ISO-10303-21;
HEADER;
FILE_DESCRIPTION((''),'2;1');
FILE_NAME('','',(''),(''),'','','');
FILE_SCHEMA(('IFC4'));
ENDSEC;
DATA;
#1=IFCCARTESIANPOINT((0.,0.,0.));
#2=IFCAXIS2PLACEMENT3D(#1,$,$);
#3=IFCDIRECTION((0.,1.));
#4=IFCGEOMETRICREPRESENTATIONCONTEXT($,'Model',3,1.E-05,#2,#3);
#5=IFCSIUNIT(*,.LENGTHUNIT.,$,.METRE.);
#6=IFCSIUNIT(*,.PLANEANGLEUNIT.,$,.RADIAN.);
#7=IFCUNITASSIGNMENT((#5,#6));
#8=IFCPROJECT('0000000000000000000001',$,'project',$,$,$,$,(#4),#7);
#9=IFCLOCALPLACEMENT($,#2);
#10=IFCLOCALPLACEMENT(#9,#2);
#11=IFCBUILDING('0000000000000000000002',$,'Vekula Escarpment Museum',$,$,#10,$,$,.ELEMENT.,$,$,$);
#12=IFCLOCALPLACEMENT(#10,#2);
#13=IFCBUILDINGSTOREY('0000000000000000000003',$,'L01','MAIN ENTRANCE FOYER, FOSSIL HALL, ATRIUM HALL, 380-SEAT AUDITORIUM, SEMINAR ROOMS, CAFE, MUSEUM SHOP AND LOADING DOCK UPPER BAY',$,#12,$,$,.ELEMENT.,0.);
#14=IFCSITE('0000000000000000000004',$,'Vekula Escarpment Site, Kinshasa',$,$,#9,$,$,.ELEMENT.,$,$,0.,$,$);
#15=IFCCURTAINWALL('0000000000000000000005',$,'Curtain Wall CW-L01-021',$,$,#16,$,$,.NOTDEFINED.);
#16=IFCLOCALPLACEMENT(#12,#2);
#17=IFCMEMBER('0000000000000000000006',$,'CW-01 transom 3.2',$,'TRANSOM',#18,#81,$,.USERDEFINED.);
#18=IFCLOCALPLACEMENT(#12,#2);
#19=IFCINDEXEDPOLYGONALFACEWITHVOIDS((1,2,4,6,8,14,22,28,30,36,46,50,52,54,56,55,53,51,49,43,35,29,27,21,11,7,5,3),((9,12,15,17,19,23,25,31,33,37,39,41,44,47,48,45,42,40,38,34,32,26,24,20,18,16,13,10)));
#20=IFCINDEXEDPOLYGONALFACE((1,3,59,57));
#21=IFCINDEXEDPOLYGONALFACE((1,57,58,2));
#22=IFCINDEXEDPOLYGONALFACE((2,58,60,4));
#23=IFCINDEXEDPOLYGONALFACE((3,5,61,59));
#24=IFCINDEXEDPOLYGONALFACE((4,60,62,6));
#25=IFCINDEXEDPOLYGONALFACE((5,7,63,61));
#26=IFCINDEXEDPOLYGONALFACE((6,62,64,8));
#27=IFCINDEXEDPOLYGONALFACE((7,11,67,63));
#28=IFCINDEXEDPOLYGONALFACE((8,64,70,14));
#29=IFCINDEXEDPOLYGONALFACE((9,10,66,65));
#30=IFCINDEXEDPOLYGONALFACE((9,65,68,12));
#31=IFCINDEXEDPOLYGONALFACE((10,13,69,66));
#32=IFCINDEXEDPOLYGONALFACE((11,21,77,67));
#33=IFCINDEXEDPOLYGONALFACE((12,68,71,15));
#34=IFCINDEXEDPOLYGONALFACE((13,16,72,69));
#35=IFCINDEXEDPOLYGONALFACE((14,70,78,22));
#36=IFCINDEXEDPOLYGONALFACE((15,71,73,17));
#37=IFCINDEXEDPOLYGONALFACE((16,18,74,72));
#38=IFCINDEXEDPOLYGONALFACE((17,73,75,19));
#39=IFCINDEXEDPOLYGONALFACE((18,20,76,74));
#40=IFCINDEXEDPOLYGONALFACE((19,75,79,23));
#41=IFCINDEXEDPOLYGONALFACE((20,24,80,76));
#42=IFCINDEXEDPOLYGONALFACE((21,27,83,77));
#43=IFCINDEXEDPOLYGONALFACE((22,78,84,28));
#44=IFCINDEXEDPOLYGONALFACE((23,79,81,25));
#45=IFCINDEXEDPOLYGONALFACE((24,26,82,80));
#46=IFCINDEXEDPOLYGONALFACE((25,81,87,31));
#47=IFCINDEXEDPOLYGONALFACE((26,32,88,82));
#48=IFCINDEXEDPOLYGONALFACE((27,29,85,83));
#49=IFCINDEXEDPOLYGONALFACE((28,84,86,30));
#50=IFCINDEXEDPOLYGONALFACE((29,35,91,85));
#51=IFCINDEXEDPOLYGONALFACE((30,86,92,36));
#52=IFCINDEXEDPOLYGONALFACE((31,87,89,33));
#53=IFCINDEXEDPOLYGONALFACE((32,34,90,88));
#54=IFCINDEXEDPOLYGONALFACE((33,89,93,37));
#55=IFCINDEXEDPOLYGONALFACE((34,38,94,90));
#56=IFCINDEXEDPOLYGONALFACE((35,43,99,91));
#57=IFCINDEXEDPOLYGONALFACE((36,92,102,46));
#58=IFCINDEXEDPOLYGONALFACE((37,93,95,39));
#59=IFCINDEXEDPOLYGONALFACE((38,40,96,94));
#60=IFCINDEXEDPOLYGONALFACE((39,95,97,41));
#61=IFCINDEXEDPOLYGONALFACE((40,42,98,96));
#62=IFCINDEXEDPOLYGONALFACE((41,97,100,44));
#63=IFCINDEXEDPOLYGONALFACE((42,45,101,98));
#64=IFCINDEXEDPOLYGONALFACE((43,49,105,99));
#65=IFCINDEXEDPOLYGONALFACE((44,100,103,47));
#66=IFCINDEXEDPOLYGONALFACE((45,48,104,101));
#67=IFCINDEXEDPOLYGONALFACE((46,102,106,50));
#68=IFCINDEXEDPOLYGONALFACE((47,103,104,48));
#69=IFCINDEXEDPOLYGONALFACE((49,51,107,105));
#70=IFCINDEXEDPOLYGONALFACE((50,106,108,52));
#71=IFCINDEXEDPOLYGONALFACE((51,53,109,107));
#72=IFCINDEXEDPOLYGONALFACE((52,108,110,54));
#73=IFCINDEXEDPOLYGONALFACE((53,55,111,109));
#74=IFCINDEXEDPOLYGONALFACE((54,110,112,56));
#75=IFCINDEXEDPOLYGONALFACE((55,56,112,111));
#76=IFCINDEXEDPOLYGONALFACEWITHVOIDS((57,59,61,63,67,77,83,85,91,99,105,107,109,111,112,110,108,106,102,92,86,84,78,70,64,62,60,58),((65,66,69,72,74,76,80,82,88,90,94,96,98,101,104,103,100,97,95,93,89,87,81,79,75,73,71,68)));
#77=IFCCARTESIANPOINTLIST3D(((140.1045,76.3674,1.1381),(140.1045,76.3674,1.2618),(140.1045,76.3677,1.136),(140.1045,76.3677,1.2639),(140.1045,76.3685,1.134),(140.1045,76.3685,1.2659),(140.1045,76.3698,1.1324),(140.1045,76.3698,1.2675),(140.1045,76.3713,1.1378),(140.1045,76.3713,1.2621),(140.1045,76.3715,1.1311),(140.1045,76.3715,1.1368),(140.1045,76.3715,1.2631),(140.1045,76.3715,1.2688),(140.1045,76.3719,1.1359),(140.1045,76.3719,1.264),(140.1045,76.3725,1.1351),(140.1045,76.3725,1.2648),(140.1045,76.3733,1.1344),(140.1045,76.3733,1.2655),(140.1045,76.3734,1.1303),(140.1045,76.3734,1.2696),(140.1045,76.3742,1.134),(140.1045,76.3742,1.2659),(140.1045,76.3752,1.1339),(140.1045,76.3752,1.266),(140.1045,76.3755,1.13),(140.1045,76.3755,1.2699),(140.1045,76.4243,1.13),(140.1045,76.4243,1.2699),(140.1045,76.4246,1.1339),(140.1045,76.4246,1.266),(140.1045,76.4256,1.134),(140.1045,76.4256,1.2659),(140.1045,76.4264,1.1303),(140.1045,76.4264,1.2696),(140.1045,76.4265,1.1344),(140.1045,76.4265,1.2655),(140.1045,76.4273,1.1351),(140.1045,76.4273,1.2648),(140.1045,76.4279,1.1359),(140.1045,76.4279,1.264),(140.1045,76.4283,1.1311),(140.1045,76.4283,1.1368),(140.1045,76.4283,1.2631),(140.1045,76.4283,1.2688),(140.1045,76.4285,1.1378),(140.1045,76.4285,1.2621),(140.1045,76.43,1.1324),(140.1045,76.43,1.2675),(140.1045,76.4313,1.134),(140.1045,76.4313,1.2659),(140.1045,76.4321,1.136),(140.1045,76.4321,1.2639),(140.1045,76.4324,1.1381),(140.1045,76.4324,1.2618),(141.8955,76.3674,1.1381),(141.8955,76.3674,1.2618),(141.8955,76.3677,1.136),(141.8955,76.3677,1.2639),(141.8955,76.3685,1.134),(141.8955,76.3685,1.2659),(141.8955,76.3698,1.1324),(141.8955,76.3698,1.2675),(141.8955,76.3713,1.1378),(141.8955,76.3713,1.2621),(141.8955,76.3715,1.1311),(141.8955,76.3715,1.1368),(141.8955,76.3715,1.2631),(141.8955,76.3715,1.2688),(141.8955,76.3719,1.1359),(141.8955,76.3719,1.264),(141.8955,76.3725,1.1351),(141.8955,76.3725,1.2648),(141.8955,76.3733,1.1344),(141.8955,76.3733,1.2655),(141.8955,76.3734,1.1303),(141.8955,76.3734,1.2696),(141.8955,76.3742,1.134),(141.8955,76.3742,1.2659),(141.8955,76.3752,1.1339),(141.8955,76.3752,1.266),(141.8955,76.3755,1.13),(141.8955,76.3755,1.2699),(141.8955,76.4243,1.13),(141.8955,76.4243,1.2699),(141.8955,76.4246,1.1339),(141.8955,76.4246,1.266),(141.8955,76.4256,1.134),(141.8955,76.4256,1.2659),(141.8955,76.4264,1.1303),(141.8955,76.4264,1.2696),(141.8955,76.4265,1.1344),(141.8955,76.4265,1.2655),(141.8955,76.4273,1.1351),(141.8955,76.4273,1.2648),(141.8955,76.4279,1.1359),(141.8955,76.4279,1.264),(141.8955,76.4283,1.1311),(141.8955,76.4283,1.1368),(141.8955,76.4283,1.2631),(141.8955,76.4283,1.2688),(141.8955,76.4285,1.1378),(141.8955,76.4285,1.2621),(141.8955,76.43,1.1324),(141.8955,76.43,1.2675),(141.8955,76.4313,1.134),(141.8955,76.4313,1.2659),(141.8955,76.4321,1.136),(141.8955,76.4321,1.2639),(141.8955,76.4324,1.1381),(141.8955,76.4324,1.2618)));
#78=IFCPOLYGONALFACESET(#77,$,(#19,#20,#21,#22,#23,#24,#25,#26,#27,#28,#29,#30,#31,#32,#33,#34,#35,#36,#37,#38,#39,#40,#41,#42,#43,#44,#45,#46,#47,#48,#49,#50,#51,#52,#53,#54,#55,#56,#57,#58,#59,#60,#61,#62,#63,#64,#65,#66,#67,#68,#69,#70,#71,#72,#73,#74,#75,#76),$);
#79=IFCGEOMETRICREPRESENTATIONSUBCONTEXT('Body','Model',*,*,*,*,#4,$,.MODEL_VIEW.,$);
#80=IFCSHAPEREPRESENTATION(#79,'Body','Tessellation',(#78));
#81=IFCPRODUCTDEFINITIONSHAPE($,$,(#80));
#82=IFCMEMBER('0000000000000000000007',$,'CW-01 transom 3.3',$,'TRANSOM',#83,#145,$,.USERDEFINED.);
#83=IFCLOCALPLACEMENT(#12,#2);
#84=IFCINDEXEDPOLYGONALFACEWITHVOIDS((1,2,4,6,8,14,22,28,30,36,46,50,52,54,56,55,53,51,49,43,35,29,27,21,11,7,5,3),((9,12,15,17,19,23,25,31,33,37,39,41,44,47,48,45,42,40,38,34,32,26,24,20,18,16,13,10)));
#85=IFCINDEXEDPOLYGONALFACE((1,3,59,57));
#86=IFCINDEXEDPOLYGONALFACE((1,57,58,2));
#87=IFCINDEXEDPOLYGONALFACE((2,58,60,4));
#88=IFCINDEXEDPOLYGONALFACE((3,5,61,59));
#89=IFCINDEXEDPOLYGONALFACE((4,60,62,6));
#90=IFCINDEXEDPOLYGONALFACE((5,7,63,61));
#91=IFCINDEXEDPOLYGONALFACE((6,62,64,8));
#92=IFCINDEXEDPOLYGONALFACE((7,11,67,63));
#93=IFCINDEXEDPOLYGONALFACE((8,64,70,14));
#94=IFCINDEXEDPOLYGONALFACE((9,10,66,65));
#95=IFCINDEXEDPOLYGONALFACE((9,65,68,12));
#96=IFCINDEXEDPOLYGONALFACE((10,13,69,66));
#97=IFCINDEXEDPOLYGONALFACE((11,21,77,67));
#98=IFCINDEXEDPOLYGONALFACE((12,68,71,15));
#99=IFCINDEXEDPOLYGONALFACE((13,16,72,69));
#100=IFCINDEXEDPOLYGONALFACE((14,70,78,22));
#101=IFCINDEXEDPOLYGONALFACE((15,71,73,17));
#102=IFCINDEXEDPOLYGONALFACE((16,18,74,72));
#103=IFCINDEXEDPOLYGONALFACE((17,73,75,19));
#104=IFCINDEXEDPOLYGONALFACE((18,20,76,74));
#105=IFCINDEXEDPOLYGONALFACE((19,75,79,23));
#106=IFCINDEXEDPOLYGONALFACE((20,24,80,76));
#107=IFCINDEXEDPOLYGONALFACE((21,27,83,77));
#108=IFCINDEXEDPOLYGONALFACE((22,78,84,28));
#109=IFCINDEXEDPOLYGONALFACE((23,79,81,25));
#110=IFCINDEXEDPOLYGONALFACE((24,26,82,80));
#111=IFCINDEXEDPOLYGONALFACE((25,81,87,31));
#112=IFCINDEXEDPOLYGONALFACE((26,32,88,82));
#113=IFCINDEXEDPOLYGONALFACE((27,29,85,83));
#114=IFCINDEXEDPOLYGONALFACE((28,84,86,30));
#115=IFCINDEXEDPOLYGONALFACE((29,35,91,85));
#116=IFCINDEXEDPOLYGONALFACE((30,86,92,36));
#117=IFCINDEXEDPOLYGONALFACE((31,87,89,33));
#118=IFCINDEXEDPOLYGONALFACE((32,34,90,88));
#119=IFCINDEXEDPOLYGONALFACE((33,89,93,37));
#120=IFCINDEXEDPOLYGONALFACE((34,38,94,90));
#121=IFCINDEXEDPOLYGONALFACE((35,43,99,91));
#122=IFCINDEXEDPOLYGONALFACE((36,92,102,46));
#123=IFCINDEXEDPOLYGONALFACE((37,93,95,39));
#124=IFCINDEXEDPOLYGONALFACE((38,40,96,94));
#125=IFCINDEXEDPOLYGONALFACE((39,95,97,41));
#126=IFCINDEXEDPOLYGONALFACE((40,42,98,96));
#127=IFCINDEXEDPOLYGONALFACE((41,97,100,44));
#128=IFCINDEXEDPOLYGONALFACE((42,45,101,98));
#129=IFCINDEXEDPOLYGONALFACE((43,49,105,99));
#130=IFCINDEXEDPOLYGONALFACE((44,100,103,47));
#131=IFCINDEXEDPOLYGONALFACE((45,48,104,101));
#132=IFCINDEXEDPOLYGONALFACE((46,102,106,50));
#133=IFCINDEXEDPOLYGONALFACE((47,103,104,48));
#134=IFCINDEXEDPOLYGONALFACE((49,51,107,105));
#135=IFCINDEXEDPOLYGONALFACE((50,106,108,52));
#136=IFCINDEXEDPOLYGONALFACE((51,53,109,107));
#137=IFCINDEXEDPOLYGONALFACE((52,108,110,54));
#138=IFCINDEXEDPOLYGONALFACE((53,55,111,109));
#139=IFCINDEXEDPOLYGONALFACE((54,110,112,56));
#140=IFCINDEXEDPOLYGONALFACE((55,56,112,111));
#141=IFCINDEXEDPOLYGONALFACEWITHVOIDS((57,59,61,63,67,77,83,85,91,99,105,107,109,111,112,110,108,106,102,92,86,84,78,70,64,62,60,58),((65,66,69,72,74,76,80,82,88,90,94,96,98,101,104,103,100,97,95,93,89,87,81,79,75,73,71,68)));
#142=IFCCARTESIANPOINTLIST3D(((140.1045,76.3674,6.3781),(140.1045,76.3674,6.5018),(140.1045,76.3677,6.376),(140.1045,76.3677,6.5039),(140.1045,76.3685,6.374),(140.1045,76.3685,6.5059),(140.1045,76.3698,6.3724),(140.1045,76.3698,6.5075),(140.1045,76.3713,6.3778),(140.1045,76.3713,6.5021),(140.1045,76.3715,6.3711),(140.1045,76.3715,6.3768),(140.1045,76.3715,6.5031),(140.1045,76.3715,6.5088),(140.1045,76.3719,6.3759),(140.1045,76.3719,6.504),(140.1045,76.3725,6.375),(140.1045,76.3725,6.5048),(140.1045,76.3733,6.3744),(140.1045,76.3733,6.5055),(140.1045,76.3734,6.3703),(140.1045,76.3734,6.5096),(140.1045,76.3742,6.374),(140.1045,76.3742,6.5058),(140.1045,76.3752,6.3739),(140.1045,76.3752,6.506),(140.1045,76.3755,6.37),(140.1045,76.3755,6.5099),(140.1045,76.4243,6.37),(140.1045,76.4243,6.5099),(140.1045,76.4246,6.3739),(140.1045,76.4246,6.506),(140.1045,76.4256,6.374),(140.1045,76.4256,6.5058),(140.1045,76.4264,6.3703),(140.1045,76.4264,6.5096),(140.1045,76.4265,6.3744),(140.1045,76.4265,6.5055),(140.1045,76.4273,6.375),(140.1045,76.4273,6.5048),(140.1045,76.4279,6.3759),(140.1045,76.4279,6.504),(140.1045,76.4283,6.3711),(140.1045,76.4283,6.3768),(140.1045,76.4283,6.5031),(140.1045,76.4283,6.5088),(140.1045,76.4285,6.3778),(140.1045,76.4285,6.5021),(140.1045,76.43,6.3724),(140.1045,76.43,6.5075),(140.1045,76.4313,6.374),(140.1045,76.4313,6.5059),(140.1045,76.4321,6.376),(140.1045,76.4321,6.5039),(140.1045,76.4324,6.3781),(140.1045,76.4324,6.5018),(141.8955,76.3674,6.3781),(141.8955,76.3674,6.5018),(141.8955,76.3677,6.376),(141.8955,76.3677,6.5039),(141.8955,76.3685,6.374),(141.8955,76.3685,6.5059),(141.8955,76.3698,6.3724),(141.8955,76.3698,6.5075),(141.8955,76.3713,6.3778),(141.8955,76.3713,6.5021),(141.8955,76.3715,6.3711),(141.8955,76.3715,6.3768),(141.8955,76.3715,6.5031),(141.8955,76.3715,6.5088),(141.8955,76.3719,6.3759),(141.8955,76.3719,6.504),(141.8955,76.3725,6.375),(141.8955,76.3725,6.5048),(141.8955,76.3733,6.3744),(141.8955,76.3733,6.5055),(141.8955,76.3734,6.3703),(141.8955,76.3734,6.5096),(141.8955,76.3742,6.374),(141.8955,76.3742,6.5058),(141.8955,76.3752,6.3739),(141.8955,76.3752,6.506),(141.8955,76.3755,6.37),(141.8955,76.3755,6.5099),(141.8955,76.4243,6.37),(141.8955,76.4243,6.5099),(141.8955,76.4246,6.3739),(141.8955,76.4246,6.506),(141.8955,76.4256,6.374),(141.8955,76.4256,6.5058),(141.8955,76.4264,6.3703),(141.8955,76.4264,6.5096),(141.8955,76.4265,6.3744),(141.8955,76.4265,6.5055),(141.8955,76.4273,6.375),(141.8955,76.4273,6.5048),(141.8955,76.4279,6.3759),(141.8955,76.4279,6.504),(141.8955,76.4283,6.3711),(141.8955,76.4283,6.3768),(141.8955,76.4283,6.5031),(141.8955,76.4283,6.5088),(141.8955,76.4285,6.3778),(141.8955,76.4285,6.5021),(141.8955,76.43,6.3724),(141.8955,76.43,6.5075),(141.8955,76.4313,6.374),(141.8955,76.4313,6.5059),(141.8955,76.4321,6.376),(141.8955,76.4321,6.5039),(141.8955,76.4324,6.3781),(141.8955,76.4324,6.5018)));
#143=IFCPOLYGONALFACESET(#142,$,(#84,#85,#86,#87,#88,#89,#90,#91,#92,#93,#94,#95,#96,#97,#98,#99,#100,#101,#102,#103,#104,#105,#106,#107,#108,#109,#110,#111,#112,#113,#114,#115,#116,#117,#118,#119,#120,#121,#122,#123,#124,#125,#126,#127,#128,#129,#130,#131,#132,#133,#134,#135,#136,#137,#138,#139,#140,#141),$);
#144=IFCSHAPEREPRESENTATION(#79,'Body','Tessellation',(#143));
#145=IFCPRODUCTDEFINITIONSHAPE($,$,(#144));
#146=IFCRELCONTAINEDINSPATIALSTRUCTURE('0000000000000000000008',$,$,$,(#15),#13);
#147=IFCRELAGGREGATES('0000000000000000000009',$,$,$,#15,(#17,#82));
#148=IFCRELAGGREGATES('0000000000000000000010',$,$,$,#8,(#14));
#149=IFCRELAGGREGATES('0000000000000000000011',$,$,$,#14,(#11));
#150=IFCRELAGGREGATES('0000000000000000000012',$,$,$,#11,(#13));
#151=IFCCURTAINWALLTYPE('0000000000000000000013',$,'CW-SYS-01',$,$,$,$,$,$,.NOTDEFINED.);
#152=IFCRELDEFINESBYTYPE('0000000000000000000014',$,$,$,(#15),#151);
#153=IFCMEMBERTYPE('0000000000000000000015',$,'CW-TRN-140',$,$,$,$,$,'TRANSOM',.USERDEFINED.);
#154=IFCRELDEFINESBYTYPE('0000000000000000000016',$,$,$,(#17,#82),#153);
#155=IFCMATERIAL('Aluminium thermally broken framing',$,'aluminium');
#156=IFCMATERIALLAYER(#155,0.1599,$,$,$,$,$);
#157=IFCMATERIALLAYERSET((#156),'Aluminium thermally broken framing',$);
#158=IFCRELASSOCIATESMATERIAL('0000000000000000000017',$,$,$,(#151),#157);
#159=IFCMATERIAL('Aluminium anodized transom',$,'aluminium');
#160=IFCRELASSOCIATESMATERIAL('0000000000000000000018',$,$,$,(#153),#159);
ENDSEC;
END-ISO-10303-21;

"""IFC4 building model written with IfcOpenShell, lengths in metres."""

from ifc_helpers import new_model, si_unit, direction, frame, origin, origin_2d, place, context, subcontext, project, spatial, hollow_rectangle, extrude, material, layer, layer_set, material_profile, profile_set, type_object, element, aggregate, save


model = new_model("IFC4")

# Units and contexts
model_context = context("Model", 3, precision=1e-05, world=origin(), true_north=direction((0.0, 1.0)))
body_context = subcontext(model_context, "Body", "Model", "MODEL_VIEW")
ifc_project = project(units=[si_unit("LENGTHUNIT", "METRE"), si_unit("PLANEANGLEUNIT", "RADIAN")], contexts=[model_context])

# Site, building, storey
site_placement = place(None, origin())
site = spatial("IfcSite", under=ifc_project, at=site_placement, Name="Vekula Escarpment Site, Kinshasa", CompositionType="ELEMENT", RefElevation=0.0)
building_placement = place(site_placement, origin())
building = spatial("IfcBuilding", under=site, at=building_placement, Name="Vekula Escarpment Museum", CompositionType="ELEMENT")
storey_placement = place(building_placement, origin())
storey = spatial("IfcBuildingStorey", under=building, at=storey_placement, Name="L01", Description="MAIN ENTRANCE FOYER, FOSSIL HALL, ATRIUM HALL, 380-SEAT AUDITORIUM, SEMINAR ROOMS, CAFE, MUSEUM SHOP AND LOADING DOCK UPPER BAY", CompositionType="ELEMENT", Elevation=0.0)

# Curtain wall, members
ifc_material_1 = material(Name="Aluminium thermally broken framing", Category="aluminium")
ifc_layer_1 = layer(ifc_material_1, 0.1599)
ifc_layer_set_1 = layer_set([ifc_layer_1], Name="Aluminium thermally broken framing")
curtain_wall_type = type_object("IfcCurtainWallType", Name="CW-SYS-01", PredefinedType="NOTDEFINED", material=ifc_layer_set_1)
curtain_wall_placement = place(storey_placement, origin())
curtain_wall = element("IfcCurtainWall", 1, at=curtain_wall_placement, inside=storey, type_object=curtain_wall_type, Name="Curtain Wall CW-L01-021", PredefinedType="NOTDEFINED")
ifc_material_2 = material(Name="Aluminium anodized transom", Category="aluminium")
ifc_material_profile_1 = material_profile(ifc_material_2, hollow_rectangle(XDim=0.0649, YDim=0.1399, WallThickness=0.0039, InnerFilletRadius=0.0039, OuterFilletRadius=0.0081, at=origin_2d()), Name="ALU 140x65x4")
ifc_profile_set_1 = profile_set([ifc_material_profile_1], Name="Aluminium anodized transom")
member_type_1 = type_object("IfcMemberType", Name="CW-TRN-140", ElementType="TRANSOM", PredefinedType="USERDEFINED", material=ifc_profile_set_1)
member_1_placement = place(storey_placement, frame((141.8955, 76.3999, 1.2), z_axis=(-1.0, 0.0, 0.0), x_axis=(0.0, -1.0, 0.0)))
member_1 = element("IfcMember", 2, at=member_1_placement, type_object=member_type_1, Name="CW-01 transom 3.2", ObjectType="TRANSOM", PredefinedType="USERDEFINED", context=body_context, shape_type="SweptSolid", body=[
    extrude(hollow_rectangle(XDim=0.0649, YDim=0.1399, WallThickness=0.0039, InnerFilletRadius=0.0039, OuterFilletRadius=0.0081, at=origin_2d()), origin(), (0.0, 0.0, 1.0), 1.791),
])
member_2_placement = place(storey_placement, frame((141.8955, 76.3999, 6.4399), z_axis=(-1.0, 0.0, 0.0), x_axis=(0.0, -1.0, 0.0)))
member_2 = element("IfcMember", 3, at=member_2_placement, type_object=member_type_1, Name="CW-01 transom 3.3", ObjectType="TRANSOM", PredefinedType="USERDEFINED", context=body_context, shape_type="SweptSolid", body=[
    extrude(hollow_rectangle(XDim=0.0649, YDim=0.1399, WallThickness=0.0039, InnerFilletRadius=0.0039, OuterFilletRadius=0.0081, at=origin_2d()), origin(), (0.0, 0.0, 1.0), 1.791),
])
aggregate(curtain_wall, [member_1, member_2])

save(model, "model.ifc")
